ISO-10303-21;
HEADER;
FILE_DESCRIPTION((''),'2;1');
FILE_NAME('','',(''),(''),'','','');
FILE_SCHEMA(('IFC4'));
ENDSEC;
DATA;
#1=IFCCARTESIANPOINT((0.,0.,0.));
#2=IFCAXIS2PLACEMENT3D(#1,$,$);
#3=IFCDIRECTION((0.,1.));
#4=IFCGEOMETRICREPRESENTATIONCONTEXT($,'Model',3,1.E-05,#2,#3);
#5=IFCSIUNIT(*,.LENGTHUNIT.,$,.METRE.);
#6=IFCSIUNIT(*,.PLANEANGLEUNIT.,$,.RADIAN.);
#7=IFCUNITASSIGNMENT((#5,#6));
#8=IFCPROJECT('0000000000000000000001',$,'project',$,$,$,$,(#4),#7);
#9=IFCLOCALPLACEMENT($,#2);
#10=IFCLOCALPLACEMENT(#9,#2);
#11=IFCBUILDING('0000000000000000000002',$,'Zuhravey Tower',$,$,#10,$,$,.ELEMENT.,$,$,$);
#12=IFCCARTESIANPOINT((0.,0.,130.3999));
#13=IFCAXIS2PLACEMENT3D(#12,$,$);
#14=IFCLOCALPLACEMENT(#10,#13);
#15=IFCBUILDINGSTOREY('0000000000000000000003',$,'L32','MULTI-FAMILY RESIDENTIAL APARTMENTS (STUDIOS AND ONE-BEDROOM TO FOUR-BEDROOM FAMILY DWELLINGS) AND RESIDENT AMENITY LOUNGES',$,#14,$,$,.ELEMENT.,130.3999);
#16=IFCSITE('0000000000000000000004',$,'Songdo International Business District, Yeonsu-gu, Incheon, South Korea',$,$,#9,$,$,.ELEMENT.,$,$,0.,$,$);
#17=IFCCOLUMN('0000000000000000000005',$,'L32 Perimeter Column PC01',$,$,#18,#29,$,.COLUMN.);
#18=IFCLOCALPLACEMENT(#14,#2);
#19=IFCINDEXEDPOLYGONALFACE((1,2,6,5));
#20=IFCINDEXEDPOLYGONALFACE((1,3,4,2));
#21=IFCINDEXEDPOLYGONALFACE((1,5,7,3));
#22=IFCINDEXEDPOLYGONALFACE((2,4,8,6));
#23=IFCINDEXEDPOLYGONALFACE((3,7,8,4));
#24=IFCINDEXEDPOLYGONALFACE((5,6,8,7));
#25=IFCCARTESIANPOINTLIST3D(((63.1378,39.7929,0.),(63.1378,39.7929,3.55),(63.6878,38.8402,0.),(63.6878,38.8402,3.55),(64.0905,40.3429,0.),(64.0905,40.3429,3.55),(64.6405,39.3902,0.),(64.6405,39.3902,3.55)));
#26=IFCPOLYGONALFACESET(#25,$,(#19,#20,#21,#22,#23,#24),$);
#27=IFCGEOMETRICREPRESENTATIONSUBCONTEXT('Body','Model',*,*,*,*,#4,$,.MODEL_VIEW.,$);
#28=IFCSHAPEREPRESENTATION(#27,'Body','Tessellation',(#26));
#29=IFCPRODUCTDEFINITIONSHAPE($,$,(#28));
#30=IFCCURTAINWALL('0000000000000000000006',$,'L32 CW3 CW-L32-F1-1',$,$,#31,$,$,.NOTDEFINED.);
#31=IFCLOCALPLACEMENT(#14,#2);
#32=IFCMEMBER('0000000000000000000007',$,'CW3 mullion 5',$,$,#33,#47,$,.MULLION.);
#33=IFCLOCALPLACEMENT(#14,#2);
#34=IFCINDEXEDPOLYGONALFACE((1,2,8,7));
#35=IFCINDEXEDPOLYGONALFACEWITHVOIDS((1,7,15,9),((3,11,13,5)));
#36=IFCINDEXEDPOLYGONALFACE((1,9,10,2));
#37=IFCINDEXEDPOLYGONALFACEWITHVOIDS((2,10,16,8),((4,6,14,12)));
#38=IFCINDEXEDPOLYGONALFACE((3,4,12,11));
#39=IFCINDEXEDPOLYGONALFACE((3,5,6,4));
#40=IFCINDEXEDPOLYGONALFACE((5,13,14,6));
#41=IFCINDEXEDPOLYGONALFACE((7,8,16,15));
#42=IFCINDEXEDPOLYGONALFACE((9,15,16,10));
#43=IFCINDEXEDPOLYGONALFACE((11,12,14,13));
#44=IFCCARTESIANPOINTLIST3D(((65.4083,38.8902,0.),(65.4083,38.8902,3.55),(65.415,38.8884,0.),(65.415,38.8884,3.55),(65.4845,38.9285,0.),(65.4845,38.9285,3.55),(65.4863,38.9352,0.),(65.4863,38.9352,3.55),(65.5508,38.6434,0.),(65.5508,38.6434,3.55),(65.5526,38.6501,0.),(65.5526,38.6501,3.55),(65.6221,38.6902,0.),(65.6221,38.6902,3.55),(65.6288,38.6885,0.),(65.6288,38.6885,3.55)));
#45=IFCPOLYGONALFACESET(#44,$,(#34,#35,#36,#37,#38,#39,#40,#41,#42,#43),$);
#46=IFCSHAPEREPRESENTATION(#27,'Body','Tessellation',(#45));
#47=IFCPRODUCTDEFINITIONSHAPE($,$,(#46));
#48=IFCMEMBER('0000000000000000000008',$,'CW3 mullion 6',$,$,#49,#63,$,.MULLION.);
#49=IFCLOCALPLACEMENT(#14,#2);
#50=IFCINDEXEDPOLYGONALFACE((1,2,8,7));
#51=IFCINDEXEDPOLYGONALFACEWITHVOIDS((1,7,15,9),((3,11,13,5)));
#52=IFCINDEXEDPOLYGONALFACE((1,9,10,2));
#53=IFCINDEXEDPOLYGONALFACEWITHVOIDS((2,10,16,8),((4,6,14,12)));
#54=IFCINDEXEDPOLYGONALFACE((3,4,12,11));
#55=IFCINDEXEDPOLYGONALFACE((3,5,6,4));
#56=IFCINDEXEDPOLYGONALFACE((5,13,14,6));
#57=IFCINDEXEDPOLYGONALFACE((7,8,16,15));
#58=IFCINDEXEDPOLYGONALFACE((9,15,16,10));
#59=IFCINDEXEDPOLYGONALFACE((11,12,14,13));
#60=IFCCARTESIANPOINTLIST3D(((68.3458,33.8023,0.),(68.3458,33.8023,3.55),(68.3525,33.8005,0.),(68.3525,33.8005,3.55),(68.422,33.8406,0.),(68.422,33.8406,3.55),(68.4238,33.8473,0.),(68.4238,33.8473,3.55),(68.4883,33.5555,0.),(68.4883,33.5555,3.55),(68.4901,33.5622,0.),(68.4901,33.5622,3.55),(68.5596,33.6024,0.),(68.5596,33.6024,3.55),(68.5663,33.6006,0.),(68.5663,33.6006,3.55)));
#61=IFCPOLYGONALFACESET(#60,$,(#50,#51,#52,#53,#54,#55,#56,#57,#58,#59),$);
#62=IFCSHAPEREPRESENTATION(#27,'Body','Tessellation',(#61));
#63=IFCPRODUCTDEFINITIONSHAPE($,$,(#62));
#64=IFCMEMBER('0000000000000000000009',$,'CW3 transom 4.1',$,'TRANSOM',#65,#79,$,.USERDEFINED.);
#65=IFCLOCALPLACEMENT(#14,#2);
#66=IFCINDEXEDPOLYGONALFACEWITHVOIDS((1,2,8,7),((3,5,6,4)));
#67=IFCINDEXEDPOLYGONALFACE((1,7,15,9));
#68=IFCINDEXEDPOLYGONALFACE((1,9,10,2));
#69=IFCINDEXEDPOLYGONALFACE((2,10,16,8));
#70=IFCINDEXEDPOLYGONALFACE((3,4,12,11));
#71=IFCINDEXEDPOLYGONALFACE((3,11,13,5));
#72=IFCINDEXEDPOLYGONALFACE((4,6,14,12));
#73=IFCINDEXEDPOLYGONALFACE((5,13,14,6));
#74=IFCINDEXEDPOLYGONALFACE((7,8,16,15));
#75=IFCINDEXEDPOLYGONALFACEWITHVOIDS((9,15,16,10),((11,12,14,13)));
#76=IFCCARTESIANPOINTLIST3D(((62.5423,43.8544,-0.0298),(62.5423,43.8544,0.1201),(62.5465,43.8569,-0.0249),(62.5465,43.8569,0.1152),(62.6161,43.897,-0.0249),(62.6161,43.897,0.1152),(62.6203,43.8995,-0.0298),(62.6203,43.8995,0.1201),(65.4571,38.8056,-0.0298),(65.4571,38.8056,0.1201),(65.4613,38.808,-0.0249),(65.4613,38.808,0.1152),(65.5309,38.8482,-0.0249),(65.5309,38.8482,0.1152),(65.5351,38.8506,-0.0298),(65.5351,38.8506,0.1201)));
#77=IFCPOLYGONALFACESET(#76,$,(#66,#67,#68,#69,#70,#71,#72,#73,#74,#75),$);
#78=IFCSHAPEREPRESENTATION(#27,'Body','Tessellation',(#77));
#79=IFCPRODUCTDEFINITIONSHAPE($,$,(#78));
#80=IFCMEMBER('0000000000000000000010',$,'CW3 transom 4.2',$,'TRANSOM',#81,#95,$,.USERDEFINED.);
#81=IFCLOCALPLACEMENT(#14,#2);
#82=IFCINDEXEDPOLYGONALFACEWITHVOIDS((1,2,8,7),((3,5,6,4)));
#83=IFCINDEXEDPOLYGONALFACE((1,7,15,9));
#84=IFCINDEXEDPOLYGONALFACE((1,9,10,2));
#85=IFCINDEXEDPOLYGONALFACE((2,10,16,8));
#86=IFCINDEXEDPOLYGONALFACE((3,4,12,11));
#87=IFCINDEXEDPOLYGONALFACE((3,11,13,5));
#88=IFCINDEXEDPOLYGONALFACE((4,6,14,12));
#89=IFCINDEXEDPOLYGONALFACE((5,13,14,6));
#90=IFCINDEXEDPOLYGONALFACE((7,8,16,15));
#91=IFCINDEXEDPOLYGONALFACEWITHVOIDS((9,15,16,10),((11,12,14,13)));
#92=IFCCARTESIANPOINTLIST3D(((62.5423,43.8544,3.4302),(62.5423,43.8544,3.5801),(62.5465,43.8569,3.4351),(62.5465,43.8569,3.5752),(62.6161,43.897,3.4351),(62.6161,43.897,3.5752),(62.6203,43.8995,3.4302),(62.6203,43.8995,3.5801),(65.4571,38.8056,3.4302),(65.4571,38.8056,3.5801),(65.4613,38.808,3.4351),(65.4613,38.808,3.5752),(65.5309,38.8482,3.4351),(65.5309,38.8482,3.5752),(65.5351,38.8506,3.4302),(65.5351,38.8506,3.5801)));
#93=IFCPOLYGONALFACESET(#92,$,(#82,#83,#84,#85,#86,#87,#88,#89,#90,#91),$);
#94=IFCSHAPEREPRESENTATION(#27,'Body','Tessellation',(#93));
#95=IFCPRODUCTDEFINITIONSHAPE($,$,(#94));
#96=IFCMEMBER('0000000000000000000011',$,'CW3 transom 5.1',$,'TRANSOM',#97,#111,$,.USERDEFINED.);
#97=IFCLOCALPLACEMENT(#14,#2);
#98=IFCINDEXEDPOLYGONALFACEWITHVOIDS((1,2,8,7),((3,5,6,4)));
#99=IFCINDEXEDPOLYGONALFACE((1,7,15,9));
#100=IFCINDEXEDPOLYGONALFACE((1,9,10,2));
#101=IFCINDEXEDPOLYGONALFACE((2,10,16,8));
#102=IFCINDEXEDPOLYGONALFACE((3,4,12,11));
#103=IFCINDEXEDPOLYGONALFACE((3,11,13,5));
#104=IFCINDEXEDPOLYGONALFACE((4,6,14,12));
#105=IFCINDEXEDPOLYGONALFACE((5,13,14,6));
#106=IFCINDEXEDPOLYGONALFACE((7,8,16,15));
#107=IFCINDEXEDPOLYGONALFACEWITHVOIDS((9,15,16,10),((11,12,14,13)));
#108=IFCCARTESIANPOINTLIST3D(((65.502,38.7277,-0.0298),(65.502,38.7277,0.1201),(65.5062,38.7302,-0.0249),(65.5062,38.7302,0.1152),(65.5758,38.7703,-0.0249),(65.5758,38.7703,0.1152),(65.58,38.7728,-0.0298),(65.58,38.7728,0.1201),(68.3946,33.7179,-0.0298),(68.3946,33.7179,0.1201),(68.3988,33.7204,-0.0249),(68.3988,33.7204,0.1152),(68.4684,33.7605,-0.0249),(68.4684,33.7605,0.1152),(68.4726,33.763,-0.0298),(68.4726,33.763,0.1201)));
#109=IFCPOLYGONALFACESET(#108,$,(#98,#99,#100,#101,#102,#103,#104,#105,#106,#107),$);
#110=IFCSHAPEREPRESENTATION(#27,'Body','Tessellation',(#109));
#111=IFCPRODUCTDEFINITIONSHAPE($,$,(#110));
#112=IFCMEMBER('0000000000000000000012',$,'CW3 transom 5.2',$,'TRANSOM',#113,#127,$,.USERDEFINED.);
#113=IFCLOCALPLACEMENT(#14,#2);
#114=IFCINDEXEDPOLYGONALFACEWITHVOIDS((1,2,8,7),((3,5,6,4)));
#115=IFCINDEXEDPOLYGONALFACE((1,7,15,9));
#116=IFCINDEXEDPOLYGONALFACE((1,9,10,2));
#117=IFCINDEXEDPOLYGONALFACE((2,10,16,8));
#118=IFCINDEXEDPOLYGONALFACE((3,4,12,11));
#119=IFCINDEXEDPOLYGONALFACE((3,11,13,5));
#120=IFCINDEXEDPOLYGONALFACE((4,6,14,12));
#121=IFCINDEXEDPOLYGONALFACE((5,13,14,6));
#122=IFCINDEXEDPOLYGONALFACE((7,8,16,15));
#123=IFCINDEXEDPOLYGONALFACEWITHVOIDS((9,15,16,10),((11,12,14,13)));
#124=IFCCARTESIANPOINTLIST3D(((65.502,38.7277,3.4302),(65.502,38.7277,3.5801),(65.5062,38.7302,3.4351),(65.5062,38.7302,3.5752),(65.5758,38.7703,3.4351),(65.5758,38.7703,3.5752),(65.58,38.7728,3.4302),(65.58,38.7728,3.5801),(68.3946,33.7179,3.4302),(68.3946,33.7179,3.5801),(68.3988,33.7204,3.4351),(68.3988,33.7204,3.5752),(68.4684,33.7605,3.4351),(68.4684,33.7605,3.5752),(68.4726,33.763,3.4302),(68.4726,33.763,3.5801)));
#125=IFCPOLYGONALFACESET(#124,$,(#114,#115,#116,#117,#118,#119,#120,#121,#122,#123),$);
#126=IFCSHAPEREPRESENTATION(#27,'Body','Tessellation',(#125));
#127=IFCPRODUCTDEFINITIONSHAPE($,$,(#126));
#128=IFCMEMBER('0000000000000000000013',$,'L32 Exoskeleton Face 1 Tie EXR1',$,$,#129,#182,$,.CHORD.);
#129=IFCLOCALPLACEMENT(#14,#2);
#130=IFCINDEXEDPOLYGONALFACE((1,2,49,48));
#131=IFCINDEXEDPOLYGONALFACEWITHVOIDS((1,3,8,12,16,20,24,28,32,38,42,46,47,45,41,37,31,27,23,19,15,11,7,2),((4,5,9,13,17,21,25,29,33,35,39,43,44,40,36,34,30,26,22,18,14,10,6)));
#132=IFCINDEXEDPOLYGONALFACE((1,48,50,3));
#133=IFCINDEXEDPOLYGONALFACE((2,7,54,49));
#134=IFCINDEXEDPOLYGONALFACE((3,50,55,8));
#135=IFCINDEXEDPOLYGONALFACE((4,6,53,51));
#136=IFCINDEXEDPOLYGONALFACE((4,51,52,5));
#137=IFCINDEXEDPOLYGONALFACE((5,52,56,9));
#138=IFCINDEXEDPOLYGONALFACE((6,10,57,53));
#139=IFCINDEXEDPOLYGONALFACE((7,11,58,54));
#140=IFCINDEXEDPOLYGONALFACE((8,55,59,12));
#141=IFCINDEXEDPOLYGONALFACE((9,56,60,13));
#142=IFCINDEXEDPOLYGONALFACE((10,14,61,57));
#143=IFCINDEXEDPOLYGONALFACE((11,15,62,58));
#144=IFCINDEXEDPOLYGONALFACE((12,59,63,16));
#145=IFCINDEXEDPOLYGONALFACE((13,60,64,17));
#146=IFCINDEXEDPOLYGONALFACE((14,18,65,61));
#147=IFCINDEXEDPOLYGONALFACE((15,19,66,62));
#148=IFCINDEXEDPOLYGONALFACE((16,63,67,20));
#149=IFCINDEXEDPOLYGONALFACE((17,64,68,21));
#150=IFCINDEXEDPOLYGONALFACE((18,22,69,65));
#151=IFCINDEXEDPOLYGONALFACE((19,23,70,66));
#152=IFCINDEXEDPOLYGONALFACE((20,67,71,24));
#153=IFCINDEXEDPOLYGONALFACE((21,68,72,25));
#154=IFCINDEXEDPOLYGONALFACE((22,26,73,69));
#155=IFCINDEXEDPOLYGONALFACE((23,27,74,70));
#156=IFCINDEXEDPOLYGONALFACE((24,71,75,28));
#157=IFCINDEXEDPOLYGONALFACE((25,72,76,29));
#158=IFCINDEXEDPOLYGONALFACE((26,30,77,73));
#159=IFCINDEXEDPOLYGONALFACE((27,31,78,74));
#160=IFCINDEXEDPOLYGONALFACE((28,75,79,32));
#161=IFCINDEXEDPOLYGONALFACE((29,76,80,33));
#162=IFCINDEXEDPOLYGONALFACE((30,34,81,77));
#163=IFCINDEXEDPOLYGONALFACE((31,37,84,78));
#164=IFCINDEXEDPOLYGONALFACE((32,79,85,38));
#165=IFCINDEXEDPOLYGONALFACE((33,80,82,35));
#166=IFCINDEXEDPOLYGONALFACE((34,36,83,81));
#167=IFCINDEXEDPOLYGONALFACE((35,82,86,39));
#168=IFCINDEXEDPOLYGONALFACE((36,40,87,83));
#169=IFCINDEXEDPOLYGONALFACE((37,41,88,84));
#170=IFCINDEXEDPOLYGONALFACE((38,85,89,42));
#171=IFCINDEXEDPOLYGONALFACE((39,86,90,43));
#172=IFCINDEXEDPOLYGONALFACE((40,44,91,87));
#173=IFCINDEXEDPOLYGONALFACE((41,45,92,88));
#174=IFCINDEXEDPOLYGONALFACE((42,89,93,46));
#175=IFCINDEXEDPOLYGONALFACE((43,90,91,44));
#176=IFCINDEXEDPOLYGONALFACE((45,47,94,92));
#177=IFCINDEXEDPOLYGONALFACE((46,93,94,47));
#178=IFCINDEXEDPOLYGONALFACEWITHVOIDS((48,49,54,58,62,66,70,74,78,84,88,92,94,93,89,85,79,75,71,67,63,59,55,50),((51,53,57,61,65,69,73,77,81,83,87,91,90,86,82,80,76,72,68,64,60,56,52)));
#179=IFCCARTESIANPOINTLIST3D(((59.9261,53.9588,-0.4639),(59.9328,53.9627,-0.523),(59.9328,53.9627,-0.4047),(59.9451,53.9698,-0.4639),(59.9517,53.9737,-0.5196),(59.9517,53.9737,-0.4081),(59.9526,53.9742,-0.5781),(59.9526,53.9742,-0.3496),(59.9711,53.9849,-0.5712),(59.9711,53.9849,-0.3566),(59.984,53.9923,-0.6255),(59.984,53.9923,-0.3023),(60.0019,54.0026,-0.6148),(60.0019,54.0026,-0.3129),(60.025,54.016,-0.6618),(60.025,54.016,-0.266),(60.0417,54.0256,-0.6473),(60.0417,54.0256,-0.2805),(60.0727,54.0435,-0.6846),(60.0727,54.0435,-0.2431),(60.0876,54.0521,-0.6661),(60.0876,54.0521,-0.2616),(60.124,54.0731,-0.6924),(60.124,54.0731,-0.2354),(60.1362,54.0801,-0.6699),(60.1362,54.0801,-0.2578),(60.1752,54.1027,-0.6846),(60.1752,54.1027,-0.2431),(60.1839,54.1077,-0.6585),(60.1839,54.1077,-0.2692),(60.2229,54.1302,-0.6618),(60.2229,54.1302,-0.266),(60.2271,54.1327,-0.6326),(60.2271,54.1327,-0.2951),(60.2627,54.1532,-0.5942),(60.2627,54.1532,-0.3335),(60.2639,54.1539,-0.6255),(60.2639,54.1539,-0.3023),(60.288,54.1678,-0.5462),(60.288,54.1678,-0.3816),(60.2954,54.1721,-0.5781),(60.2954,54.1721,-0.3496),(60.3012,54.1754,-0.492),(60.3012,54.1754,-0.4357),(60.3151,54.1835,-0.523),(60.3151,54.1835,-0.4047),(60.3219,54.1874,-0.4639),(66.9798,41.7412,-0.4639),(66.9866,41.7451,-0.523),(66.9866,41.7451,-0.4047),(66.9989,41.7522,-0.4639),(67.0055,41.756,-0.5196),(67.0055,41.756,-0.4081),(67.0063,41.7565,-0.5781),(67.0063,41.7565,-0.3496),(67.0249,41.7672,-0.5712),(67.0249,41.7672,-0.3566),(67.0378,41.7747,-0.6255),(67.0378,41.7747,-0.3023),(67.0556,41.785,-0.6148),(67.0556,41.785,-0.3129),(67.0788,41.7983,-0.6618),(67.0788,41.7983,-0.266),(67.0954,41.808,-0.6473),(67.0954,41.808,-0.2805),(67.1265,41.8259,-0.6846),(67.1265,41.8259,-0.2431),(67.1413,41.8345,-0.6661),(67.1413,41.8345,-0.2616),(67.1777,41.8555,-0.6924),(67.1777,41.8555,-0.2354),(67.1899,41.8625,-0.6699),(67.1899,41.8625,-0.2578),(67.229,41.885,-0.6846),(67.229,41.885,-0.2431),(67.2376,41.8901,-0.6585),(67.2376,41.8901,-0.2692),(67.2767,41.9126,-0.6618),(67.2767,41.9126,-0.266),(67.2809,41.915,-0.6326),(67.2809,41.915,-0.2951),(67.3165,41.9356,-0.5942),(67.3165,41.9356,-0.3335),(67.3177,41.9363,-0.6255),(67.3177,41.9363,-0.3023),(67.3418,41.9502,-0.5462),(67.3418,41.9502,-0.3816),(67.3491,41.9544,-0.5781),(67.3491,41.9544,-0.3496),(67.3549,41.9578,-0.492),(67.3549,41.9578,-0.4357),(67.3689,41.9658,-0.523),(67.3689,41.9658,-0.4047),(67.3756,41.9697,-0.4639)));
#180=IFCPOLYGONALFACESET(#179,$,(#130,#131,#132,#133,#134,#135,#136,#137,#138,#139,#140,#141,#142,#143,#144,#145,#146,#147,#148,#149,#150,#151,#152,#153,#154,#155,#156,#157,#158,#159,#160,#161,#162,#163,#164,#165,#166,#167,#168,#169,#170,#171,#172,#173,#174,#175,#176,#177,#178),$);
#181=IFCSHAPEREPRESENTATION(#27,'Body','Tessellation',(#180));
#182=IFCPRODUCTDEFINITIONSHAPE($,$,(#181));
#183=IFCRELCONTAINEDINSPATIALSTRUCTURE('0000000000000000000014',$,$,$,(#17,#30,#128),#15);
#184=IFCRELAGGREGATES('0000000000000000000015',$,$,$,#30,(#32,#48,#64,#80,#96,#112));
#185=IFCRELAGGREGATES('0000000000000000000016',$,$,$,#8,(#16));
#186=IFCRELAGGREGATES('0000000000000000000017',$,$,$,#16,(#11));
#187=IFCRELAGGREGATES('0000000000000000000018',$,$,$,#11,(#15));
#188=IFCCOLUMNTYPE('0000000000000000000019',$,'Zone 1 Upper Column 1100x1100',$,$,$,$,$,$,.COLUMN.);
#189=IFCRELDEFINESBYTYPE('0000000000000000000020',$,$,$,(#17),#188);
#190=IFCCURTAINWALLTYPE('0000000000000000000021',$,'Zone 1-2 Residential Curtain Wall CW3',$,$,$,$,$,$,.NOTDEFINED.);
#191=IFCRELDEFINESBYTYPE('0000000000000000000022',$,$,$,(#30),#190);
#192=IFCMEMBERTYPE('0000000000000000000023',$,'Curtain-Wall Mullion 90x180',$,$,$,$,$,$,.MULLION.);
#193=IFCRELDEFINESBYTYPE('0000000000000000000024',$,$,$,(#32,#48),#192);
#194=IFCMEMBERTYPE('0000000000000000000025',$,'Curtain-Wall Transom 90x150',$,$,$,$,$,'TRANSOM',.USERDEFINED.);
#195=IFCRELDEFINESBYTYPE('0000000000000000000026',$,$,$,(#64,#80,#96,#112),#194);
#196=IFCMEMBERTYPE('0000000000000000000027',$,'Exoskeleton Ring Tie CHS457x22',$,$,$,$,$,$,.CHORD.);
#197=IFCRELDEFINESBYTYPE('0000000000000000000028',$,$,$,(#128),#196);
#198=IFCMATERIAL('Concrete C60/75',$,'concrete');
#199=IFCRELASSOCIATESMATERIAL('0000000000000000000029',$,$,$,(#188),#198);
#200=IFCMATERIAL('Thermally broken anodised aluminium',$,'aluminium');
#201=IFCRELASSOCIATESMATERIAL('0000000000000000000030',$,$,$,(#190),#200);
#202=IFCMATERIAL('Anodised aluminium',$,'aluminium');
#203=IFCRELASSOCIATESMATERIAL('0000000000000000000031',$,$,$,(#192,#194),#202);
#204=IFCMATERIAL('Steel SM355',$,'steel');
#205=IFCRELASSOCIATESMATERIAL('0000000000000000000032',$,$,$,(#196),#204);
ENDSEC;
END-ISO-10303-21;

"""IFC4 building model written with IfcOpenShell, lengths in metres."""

from ifc_helpers import new_model, si_unit, direction, frame, origin, origin_2d, place, context, subcontext, project, spatial, rectangle, hollow_rectangle, hollow_circle, extrude, material, material_profile, profile_set, type_object, element, aggregate, save


model = new_model("IFC4")

# Units and contexts
model_context = context("Model", 3, precision=1e-05, world=origin(), true_north=direction((0.0, 1.0)))
body_context = subcontext(model_context, "Body", "Model", "MODEL_VIEW")
ifc_project = project(units=[si_unit("LENGTHUNIT", "METRE"), si_unit("PLANEANGLEUNIT", "RADIAN")], contexts=[model_context])

# Site, building, storey
site_placement = place(None, origin())
site = spatial("IfcSite", under=ifc_project, at=site_placement, Name="Songdo International Business District, Yeonsu-gu, Incheon, South Korea", CompositionType="ELEMENT", RefElevation=0.0)
building_placement = place(site_placement, origin())
building = spatial("IfcBuilding", under=site, at=building_placement, Name="Zuhravey Tower", CompositionType="ELEMENT")
storey_placement = place(building_placement, frame((0.0, 0.0, 130.3999)))
storey = spatial("IfcBuildingStorey", under=building, at=storey_placement, Name="L32", Description="MULTI-FAMILY RESIDENTIAL APARTMENTS (STUDIOS AND ONE-BEDROOM TO FOUR-BEDROOM FAMILY DWELLINGS) AND RESIDENT AMENITY LOUNGES", CompositionType="ELEMENT", Elevation=130.3999)

# Column
ifc_material_1 = material(Name="Concrete C60/75", Category="concrete")
ifc_material_profile_1 = material_profile(ifc_material_1, rectangle(XDim=1.1001, YDim=1.1001, at=origin_2d()), Name="RC-1100x1100")
ifc_profile_set_1 = profile_set([ifc_material_profile_1], Name="Concrete C60/75")
column_type = type_object("IfcColumnType", Name="Zone 1 Upper Column 1100x1100", PredefinedType="COLUMN", material=ifc_profile_set_1)
column_placement = place(storey_placement, frame((63.8892, 39.5916, 0.0), z_axis=(0.0, 0.0, 1.0), x_axis=(-0.5, 0.866025, 0.0)))
element("IfcColumn", 1, at=column_placement, inside=storey, type_object=column_type, Name="L32 Perimeter Column PC01", PredefinedType="COLUMN", context=body_context, shape_type="SweptSolid", body=[
    extrude(rectangle(XDim=1.1001, YDim=1.1001, at=origin_2d()), origin(), (0.0, 0.0, 1.0), 3.55),
])

# Curtain wall, members
ifc_material_2 = material(Name="Thermally broken anodised aluminium", Category="aluminium")
curtain_wall_type = type_object("IfcCurtainWallType", Name="Zone 1-2 Residential Curtain Wall CW3", PredefinedType="NOTDEFINED", material=ifc_material_2)
curtain_wall_placement = place(storey_placement, origin())
curtain_wall = element("IfcCurtainWall", 2, at=curtain_wall_placement, inside=storey, type_object=curtain_wall_type, Name="L32 CW3 CW-L32-F1-1", PredefinedType="NOTDEFINED")
ifc_material_3 = material(Name="Anodised aluminium", Category="aluminium")
ifc_material_profile_2 = material_profile(ifc_material_3, hollow_rectangle(XDim=0.0901, YDim=0.2849, WallThickness=0.0049, at=origin_2d()), Name="ALU-RHS-90x285x5")
ifc_profile_set_2 = profile_set([ifc_material_profile_2], Name="Anodised aluminium")
member_type_1 = type_object("IfcMemberType", Name="Curtain-Wall Mullion 90x180", PredefinedType="MULLION", material=ifc_profile_set_2)
member_1_placement = place(storey_placement, frame((65.5186, 38.7893, 0.0), z_axis=(0.0, 0.0, 1.0), x_axis=(0.866026, 0.5, 0.0)))
member_1 = element("IfcMember", 3, at=member_1_placement, type_object=member_type_1, Name="CW3 mullion 5", PredefinedType="MULLION", context=body_context, shape_type="SweptSolid", body=[
    extrude(hollow_rectangle(XDim=0.0901, YDim=0.2849, WallThickness=0.0049, at=origin_2d()), origin(), (0.0, 0.0, 1.0), 3.55),
])
member_2_placement = place(storey_placement, frame((68.4561, 33.7014, 0.0), z_axis=(0.0, 0.0, 1.0), x_axis=(0.866026, 0.5, 0.0)))
member_2 = element("IfcMember", 4, at=member_2_placement, type_object=member_type_1, Name="CW3 mullion 6", PredefinedType="MULLION", context=body_context, shape_type="SweptSolid", body=[
    extrude(hollow_rectangle(XDim=0.0901, YDim=0.2849, WallThickness=0.0049, at=origin_2d()), origin(), (0.0, 0.0, 1.0), 3.55),
])
ifc_material_profile_3 = material_profile(ifc_material_3, hollow_rectangle(XDim=0.0901, YDim=0.1499, WallThickness=0.0049, at=origin_2d()), Name="ALU-RHS-90x150x5")
ifc_profile_set_3 = profile_set([ifc_material_profile_3], Name="Anodised aluminium")
member_type_2 = type_object("IfcMemberType", Name="Curtain-Wall Transom 90x150", ElementType="TRANSOM", PredefinedType="USERDEFINED", material=ifc_profile_set_3)
member_3_placement = place(storey_placement, frame((62.5813, 43.877, 0.0452), z_axis=(0.499981, -0.866036, 0.0), x_axis=(0.866036, 0.499981, 0.0)))
member_3 = element("IfcMember", 5, at=member_3_placement, type_object=member_type_2, Name="CW3 transom 4.1", ObjectType="TRANSOM", PredefinedType="USERDEFINED", context=body_context, shape_type="SweptSolid", body=[
    extrude(hollow_rectangle(XDim=0.0901, YDim=0.1499, WallThickness=0.0049, at=origin_2d()), origin(), (0.0, 0.0, 1.0), 5.8298),
])
member_4_placement = place(storey_placement, frame((62.5813, 43.877, 3.5051), z_axis=(0.499981, -0.866036, 0.0), x_axis=(0.866036, 0.499981, 0.0)))
member_4 = element("IfcMember", 6, at=member_4_placement, type_object=member_type_2, Name="CW3 transom 4.2", ObjectType="TRANSOM", PredefinedType="USERDEFINED", context=body_context, shape_type="SweptSolid", body=[
    extrude(hollow_rectangle(XDim=0.0901, YDim=0.1499, WallThickness=0.0049, at=origin_2d()), origin(), (0.0, 0.0, 1.0), 5.8298),
])
member_5_placement = place(storey_placement, frame((65.541, 38.7502, 0.0452), z_axis=(0.500024, -0.866011, 0.0), x_axis=(0.866011, 0.500024, 0.0)))
member_5 = element("IfcMember", 7, at=member_5_placement, type_object=member_type_2, Name="CW3 transom 5.1", ObjectType="TRANSOM", PredefinedType="USERDEFINED", context=body_context, shape_type="SweptSolid", body=[
    extrude(hollow_rectangle(XDim=0.0901, YDim=0.1499, WallThickness=0.0049, at=origin_2d()), origin(), (0.0, 0.0, 1.0), 5.7849),
])
member_6_placement = place(storey_placement, frame((65.541, 38.7502, 3.5051), z_axis=(0.500024, -0.866011, 0.0), x_axis=(0.866011, 0.500024, 0.0)))
member_6 = element("IfcMember", 8, at=member_6_placement, type_object=member_type_2, Name="CW3 transom 5.2", ObjectType="TRANSOM", PredefinedType="USERDEFINED", context=body_context, shape_type="SweptSolid", body=[
    extrude(hollow_rectangle(XDim=0.0901, YDim=0.1499, WallThickness=0.0049, at=origin_2d()), origin(), (0.0, 0.0, 1.0), 5.7849),
])

# Member
ifc_material_4 = material(Name="Steel SM355", Category="steel")
ifc_material_profile_4 = material_profile(ifc_material_4, hollow_circle(Radius=0.2285, WallThickness=0.022, at=origin_2d()), Name="CHS-457.2x22")
ifc_profile_set_4 = profile_set([ifc_material_profile_4], Name="Steel SM355")
member_type_3 = type_object("IfcMemberType", Name="Exoskeleton Ring Tie CHS457x22", PredefinedType="CHORD", material=ifc_profile_set_4)
member_7_placement = place(storey_placement, frame((67.1777, 41.8555, -0.4639), z_axis=(-0.499996, 0.866028, 0.0), x_axis=(-0.866028, -0.499996, 0.0)))
element("IfcMember", 9, at=member_7_placement, inside=storey, type_object=member_type_3, Name="L32 Exoskeleton Face 1 Tie EXR1", PredefinedType="CHORD", context=body_context, shape_type="SweptSolid", body=[
    extrude(hollow_circle(Radius=0.2285, WallThickness=0.022, at=origin_2d()), origin(), (0.0, 0.0, 1.0), 14.1077),
])

aggregate(curtain_wall, [member_1, member_2, member_3, member_4, member_5, member_6])

save(model, "model.ifc")
